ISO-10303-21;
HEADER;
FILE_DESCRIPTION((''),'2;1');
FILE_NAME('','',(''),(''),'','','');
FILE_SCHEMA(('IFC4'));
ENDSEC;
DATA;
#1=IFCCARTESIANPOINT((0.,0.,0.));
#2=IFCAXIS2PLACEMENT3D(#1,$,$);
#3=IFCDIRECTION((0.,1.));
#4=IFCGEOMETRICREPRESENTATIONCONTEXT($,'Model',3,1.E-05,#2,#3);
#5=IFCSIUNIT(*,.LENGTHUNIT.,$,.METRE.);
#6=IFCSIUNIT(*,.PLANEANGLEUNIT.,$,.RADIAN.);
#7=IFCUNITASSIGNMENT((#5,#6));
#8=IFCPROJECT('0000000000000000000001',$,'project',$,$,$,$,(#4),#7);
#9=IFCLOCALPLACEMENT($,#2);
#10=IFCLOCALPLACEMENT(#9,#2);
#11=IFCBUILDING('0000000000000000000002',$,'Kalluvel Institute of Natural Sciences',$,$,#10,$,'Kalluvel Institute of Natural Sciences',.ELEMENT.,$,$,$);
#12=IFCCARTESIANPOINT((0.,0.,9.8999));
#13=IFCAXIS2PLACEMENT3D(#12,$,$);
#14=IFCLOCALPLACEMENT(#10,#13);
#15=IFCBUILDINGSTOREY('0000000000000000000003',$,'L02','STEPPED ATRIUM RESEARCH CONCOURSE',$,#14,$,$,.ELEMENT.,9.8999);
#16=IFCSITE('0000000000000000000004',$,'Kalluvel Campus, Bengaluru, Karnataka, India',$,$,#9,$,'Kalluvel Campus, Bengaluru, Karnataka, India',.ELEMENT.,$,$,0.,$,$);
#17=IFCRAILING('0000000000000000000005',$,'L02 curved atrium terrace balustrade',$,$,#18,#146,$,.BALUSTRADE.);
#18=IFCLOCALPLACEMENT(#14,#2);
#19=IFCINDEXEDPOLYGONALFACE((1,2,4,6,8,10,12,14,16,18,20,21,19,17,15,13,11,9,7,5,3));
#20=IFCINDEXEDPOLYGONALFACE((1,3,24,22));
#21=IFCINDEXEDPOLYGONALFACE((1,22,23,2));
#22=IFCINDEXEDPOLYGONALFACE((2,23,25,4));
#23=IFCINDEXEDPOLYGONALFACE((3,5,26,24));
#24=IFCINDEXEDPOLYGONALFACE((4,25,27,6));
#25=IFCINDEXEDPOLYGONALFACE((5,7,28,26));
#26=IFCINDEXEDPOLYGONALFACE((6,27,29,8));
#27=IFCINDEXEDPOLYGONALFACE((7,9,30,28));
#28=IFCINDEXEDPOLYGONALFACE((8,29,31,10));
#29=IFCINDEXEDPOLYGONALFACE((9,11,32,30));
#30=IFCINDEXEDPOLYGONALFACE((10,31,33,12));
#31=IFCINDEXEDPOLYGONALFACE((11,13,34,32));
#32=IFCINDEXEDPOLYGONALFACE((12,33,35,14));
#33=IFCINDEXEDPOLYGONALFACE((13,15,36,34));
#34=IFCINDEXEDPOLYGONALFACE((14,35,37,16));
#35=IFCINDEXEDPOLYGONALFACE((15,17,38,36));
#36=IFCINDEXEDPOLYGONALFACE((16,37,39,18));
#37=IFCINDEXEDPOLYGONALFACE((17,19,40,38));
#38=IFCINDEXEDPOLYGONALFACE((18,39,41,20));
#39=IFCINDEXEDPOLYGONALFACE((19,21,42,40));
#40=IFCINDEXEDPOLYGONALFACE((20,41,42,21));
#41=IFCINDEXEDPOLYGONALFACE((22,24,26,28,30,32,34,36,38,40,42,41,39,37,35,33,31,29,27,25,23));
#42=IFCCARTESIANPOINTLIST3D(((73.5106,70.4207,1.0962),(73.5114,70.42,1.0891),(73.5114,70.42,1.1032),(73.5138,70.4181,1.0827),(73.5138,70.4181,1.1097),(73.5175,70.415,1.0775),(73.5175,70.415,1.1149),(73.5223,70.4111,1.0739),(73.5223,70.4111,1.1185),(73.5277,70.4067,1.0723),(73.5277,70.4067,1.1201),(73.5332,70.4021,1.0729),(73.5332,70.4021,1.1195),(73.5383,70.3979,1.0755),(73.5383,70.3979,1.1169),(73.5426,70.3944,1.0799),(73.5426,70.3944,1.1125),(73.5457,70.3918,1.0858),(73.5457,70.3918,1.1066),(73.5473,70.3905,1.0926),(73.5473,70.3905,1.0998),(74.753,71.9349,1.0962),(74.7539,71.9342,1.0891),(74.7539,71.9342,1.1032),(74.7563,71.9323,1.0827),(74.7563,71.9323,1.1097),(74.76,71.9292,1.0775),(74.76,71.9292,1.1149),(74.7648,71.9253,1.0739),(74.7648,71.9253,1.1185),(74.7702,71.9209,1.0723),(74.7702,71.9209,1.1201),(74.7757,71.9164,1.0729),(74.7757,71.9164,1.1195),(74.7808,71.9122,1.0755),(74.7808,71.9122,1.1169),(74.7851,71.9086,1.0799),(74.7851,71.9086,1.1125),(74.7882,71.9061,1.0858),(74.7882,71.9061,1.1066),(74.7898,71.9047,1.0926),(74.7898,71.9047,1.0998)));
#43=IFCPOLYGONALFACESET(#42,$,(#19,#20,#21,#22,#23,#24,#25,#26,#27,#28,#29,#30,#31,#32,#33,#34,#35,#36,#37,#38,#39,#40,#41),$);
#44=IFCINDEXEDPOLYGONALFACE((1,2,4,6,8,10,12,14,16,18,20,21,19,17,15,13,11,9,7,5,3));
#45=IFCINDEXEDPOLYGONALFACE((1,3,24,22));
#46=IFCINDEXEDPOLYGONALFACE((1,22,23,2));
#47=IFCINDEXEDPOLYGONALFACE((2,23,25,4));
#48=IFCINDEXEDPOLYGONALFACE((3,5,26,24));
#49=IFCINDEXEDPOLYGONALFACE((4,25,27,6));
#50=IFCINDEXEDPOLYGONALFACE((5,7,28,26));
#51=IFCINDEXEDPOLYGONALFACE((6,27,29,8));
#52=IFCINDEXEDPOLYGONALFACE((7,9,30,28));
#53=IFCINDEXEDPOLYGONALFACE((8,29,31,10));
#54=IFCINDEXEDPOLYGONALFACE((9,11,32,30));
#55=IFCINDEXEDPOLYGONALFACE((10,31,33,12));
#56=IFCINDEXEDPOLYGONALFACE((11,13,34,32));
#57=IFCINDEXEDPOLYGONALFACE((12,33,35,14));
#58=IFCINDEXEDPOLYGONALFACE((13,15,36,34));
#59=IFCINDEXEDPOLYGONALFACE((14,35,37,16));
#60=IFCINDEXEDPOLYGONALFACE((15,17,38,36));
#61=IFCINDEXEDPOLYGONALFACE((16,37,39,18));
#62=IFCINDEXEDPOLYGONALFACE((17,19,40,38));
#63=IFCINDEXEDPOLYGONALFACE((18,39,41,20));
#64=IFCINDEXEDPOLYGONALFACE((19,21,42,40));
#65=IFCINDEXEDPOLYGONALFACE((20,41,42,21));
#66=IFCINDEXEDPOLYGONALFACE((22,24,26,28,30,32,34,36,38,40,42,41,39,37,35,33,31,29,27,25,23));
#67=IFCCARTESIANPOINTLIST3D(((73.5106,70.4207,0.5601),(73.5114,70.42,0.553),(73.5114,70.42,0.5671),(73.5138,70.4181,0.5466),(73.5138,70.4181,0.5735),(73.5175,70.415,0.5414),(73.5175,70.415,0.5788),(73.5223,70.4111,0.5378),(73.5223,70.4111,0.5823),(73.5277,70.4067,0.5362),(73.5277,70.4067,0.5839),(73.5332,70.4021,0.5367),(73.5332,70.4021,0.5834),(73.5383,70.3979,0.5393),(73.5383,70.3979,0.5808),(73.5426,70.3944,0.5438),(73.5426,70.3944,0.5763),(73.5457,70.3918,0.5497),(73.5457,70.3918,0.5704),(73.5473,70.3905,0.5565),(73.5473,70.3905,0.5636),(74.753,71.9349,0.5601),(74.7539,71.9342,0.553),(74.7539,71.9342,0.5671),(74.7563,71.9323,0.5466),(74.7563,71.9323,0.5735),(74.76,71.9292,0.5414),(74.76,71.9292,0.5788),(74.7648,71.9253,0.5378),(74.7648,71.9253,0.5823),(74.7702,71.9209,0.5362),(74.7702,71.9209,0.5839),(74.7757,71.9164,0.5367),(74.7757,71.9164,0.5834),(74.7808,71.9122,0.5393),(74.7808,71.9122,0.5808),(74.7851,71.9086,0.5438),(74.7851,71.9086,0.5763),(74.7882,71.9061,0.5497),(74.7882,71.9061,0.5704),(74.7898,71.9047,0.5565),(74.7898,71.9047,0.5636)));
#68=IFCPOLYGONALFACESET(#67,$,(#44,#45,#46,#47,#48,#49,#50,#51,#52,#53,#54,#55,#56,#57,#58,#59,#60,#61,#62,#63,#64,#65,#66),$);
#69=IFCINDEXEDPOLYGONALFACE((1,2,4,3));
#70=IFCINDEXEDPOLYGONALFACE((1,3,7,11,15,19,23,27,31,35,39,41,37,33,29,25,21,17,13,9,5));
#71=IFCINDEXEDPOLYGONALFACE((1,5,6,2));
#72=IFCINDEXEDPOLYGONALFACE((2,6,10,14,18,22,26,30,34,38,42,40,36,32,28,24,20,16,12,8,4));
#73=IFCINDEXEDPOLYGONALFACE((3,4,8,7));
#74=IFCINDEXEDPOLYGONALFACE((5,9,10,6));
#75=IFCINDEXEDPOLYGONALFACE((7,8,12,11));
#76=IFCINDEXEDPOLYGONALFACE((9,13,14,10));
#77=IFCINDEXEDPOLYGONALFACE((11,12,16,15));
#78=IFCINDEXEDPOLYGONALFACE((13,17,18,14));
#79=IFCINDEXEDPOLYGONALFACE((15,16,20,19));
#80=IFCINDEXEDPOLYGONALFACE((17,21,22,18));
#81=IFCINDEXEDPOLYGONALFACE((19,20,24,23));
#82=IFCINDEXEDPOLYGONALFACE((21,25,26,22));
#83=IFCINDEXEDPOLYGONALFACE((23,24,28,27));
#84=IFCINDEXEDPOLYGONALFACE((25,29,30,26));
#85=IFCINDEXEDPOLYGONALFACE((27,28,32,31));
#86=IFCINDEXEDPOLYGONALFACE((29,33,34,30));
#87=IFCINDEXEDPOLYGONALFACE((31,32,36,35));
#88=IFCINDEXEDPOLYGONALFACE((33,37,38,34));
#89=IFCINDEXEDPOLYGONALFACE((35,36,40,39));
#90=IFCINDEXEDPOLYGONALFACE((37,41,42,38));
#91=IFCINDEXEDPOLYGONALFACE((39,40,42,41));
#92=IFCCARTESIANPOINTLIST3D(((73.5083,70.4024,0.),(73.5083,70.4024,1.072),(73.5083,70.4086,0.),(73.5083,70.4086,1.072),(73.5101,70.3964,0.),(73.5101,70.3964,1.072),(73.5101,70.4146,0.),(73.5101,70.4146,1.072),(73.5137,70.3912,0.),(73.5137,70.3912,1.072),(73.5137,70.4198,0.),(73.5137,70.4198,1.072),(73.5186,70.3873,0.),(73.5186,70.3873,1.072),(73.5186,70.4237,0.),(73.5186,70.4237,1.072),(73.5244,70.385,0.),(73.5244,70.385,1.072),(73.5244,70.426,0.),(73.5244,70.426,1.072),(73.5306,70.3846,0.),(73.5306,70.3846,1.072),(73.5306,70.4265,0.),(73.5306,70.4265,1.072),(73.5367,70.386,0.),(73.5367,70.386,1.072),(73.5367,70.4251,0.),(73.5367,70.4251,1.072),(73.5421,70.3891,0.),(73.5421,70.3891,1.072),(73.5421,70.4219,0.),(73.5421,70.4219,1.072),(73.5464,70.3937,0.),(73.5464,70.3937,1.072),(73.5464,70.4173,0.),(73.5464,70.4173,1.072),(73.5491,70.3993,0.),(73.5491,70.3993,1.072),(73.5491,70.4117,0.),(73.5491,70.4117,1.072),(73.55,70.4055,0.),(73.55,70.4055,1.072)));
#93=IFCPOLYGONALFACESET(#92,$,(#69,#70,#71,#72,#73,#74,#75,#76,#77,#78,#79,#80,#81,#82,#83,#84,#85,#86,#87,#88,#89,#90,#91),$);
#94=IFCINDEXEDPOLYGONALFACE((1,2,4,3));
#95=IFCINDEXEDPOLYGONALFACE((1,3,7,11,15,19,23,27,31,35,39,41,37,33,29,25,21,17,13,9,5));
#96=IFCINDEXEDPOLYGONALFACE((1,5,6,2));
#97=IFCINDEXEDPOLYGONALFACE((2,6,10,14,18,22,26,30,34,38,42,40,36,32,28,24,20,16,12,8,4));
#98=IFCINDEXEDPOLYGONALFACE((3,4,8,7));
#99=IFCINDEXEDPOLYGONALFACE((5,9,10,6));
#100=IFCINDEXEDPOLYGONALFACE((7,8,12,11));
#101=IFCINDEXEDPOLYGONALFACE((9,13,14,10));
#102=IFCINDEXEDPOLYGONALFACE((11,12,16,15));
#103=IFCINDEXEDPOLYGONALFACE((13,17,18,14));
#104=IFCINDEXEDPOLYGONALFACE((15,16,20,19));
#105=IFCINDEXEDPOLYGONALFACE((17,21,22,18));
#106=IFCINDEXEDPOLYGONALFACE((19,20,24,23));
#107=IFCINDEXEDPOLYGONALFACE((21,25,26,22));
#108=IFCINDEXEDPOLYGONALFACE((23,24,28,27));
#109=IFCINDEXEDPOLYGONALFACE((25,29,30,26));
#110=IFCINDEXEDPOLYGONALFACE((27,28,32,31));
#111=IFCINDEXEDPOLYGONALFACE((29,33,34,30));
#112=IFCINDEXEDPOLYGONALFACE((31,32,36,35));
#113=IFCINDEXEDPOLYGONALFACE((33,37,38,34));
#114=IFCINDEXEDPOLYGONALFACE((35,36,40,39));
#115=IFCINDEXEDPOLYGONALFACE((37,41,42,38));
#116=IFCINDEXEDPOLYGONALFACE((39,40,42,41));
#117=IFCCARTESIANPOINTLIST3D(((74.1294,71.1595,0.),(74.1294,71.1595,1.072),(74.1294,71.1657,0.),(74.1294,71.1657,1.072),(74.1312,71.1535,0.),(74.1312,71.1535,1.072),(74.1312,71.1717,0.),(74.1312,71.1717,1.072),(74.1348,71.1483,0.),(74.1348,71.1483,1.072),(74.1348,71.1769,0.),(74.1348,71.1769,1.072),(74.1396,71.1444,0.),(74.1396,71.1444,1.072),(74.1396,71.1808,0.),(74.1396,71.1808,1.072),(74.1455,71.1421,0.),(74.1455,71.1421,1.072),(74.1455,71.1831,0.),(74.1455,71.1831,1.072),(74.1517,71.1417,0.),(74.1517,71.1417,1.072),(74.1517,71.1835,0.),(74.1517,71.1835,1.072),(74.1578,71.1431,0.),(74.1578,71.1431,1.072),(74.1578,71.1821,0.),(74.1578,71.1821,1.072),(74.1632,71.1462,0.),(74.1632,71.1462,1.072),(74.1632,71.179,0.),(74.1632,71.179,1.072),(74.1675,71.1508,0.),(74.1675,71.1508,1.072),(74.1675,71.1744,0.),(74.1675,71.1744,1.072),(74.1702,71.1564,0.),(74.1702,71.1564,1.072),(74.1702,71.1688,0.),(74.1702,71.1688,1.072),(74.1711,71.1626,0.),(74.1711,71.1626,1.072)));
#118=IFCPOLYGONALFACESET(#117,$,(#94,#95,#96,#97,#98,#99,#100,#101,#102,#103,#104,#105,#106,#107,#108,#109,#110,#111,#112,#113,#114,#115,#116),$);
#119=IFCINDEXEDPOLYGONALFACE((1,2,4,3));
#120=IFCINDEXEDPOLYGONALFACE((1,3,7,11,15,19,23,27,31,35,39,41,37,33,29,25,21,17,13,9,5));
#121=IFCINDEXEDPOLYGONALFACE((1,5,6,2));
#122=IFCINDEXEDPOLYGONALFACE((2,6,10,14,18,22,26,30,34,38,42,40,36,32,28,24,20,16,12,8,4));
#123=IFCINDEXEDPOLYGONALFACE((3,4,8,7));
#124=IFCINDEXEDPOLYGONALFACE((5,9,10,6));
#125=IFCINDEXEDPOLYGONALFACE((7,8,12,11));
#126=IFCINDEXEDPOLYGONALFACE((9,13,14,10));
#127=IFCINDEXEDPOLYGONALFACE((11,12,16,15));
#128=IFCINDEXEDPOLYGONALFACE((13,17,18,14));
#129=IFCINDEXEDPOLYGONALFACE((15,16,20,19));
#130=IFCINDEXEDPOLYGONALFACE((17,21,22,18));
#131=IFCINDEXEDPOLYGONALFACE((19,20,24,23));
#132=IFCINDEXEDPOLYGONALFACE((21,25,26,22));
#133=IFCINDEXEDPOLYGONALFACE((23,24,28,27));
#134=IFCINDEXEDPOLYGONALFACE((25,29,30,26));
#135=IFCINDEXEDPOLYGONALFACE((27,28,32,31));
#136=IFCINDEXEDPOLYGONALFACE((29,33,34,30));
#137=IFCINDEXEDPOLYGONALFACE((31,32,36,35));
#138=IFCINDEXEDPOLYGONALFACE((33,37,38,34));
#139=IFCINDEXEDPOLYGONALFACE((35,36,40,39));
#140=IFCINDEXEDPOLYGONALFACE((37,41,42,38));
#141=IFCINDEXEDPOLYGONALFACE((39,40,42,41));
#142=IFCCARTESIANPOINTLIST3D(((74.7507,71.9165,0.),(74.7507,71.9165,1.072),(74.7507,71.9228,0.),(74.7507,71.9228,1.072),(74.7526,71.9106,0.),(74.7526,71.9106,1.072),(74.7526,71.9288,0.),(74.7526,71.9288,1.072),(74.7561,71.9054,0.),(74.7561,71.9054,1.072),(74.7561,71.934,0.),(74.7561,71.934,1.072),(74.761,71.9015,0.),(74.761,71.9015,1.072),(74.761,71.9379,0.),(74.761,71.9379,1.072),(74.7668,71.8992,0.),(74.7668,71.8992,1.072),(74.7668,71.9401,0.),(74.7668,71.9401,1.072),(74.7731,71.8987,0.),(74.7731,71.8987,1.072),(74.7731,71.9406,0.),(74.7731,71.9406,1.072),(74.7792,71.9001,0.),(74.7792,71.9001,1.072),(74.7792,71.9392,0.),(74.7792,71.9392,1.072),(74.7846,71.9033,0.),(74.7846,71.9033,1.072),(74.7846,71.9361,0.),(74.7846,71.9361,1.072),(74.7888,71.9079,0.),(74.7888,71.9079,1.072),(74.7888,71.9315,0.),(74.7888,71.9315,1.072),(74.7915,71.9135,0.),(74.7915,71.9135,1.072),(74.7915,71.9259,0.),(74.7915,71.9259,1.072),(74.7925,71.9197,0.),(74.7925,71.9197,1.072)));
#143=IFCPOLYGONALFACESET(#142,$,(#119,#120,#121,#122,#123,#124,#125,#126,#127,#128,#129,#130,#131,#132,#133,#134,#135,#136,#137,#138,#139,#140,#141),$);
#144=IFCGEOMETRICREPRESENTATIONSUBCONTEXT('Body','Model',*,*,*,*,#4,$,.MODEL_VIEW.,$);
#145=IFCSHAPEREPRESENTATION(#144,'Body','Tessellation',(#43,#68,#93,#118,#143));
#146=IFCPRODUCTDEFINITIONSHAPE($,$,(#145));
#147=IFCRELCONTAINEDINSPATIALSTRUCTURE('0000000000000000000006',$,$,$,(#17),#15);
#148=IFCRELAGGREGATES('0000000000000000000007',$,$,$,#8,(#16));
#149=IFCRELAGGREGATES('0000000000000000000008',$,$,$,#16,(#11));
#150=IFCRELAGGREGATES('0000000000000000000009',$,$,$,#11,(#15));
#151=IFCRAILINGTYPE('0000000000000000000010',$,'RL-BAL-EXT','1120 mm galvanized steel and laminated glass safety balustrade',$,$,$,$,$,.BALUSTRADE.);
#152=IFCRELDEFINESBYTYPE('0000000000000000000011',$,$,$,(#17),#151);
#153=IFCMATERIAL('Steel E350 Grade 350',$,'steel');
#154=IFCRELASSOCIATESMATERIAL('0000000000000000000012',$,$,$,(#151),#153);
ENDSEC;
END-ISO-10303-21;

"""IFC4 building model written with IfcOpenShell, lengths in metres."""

from ifc_helpers import new_model, si_unit, direction, frame, origin, origin_2d, place, context, subcontext, project, spatial, circle, extrude, material, type_object, element, save


model = new_model("IFC4")

# Units and contexts
model_context = context("Model", 3, precision=1e-05, world=origin(), true_north=direction((0.0, 1.0)))
body_context = subcontext(model_context, "Body", "Model", "MODEL_VIEW")
ifc_project = project(units=[si_unit("LENGTHUNIT", "METRE"), si_unit("PLANEANGLEUNIT", "RADIAN")], contexts=[model_context])

# Site, building, storey
site_placement = place(None, origin())
site = spatial("IfcSite", under=ifc_project, at=site_placement, Name="Kalluvel Campus, Bengaluru, Karnataka, India", LongName="Kalluvel Campus, Bengaluru, Karnataka, India", CompositionType="ELEMENT", RefElevation=0.0)
building_placement = place(site_placement, origin())
building = spatial("IfcBuilding", under=site, at=building_placement, Name="Kalluvel Institute of Natural Sciences", LongName="Kalluvel Institute of Natural Sciences", CompositionType="ELEMENT")
storey_placement = place(building_placement, frame((0.0, 0.0, 9.8999)))
storey = spatial("IfcBuildingStorey", under=building, at=storey_placement, Name="L02", Description="STEPPED ATRIUM RESEARCH CONCOURSE", CompositionType="ELEMENT", Elevation=9.8999)

# Shared definitions
ifc_material_1 = material(Name="Steel E350 Grade 350", Category="steel")

# Railing
railing_type_1 = type_object("IfcRailingType", Name="RL-BAL-EXT", Description="1120 mm galvanized steel and laminated glass safety balustrade", PredefinedType="BALUSTRADE", material=ifc_material_1)
railing_1_placement = place(storey_placement, frame((73.5291, 70.4055, 0.0)))
element("IfcRailing", 1, at=railing_1_placement, inside=storey, type_object=railing_type_1, Name="L02 curved atrium terrace balustrade", PredefinedType="BALUSTRADE", context=body_context, shape_type="SweptSolid", body=[
    extrude(circle(Radius=0.0239, at=origin_2d()), frame((0.0, 0.0, 1.0962), z_axis=(0.63433, 0.773062, 0.0), x_axis=(-0.773062, 0.63433, 0.0)), (0.0, 0.0, 1.0), 1.9587),
    extrude(circle(Radius=0.0239, at=origin_2d()), frame((0.0, 0.0, 0.5601), z_axis=(0.63433, 0.773062, 0.0), x_axis=(-0.773062, 0.63433, 0.0)), (0.0, 0.0, 1.0), 1.9587),
    extrude(circle(Radius=0.021, at=origin_2d()), origin(), (0.0, 0.0, 1.0), 1.072),
    extrude(circle(Radius=0.021, at=origin_2d()), frame((0.6211, 0.7571, 0.0)), (0.0, 0.0, 1.0), 1.072),
    extrude(circle(Radius=0.021, at=origin_2d()), frame((1.2424, 1.5142, 0.0)), (0.0, 0.0, 1.0), 1.072),
])

save(model, "model.ifc")
